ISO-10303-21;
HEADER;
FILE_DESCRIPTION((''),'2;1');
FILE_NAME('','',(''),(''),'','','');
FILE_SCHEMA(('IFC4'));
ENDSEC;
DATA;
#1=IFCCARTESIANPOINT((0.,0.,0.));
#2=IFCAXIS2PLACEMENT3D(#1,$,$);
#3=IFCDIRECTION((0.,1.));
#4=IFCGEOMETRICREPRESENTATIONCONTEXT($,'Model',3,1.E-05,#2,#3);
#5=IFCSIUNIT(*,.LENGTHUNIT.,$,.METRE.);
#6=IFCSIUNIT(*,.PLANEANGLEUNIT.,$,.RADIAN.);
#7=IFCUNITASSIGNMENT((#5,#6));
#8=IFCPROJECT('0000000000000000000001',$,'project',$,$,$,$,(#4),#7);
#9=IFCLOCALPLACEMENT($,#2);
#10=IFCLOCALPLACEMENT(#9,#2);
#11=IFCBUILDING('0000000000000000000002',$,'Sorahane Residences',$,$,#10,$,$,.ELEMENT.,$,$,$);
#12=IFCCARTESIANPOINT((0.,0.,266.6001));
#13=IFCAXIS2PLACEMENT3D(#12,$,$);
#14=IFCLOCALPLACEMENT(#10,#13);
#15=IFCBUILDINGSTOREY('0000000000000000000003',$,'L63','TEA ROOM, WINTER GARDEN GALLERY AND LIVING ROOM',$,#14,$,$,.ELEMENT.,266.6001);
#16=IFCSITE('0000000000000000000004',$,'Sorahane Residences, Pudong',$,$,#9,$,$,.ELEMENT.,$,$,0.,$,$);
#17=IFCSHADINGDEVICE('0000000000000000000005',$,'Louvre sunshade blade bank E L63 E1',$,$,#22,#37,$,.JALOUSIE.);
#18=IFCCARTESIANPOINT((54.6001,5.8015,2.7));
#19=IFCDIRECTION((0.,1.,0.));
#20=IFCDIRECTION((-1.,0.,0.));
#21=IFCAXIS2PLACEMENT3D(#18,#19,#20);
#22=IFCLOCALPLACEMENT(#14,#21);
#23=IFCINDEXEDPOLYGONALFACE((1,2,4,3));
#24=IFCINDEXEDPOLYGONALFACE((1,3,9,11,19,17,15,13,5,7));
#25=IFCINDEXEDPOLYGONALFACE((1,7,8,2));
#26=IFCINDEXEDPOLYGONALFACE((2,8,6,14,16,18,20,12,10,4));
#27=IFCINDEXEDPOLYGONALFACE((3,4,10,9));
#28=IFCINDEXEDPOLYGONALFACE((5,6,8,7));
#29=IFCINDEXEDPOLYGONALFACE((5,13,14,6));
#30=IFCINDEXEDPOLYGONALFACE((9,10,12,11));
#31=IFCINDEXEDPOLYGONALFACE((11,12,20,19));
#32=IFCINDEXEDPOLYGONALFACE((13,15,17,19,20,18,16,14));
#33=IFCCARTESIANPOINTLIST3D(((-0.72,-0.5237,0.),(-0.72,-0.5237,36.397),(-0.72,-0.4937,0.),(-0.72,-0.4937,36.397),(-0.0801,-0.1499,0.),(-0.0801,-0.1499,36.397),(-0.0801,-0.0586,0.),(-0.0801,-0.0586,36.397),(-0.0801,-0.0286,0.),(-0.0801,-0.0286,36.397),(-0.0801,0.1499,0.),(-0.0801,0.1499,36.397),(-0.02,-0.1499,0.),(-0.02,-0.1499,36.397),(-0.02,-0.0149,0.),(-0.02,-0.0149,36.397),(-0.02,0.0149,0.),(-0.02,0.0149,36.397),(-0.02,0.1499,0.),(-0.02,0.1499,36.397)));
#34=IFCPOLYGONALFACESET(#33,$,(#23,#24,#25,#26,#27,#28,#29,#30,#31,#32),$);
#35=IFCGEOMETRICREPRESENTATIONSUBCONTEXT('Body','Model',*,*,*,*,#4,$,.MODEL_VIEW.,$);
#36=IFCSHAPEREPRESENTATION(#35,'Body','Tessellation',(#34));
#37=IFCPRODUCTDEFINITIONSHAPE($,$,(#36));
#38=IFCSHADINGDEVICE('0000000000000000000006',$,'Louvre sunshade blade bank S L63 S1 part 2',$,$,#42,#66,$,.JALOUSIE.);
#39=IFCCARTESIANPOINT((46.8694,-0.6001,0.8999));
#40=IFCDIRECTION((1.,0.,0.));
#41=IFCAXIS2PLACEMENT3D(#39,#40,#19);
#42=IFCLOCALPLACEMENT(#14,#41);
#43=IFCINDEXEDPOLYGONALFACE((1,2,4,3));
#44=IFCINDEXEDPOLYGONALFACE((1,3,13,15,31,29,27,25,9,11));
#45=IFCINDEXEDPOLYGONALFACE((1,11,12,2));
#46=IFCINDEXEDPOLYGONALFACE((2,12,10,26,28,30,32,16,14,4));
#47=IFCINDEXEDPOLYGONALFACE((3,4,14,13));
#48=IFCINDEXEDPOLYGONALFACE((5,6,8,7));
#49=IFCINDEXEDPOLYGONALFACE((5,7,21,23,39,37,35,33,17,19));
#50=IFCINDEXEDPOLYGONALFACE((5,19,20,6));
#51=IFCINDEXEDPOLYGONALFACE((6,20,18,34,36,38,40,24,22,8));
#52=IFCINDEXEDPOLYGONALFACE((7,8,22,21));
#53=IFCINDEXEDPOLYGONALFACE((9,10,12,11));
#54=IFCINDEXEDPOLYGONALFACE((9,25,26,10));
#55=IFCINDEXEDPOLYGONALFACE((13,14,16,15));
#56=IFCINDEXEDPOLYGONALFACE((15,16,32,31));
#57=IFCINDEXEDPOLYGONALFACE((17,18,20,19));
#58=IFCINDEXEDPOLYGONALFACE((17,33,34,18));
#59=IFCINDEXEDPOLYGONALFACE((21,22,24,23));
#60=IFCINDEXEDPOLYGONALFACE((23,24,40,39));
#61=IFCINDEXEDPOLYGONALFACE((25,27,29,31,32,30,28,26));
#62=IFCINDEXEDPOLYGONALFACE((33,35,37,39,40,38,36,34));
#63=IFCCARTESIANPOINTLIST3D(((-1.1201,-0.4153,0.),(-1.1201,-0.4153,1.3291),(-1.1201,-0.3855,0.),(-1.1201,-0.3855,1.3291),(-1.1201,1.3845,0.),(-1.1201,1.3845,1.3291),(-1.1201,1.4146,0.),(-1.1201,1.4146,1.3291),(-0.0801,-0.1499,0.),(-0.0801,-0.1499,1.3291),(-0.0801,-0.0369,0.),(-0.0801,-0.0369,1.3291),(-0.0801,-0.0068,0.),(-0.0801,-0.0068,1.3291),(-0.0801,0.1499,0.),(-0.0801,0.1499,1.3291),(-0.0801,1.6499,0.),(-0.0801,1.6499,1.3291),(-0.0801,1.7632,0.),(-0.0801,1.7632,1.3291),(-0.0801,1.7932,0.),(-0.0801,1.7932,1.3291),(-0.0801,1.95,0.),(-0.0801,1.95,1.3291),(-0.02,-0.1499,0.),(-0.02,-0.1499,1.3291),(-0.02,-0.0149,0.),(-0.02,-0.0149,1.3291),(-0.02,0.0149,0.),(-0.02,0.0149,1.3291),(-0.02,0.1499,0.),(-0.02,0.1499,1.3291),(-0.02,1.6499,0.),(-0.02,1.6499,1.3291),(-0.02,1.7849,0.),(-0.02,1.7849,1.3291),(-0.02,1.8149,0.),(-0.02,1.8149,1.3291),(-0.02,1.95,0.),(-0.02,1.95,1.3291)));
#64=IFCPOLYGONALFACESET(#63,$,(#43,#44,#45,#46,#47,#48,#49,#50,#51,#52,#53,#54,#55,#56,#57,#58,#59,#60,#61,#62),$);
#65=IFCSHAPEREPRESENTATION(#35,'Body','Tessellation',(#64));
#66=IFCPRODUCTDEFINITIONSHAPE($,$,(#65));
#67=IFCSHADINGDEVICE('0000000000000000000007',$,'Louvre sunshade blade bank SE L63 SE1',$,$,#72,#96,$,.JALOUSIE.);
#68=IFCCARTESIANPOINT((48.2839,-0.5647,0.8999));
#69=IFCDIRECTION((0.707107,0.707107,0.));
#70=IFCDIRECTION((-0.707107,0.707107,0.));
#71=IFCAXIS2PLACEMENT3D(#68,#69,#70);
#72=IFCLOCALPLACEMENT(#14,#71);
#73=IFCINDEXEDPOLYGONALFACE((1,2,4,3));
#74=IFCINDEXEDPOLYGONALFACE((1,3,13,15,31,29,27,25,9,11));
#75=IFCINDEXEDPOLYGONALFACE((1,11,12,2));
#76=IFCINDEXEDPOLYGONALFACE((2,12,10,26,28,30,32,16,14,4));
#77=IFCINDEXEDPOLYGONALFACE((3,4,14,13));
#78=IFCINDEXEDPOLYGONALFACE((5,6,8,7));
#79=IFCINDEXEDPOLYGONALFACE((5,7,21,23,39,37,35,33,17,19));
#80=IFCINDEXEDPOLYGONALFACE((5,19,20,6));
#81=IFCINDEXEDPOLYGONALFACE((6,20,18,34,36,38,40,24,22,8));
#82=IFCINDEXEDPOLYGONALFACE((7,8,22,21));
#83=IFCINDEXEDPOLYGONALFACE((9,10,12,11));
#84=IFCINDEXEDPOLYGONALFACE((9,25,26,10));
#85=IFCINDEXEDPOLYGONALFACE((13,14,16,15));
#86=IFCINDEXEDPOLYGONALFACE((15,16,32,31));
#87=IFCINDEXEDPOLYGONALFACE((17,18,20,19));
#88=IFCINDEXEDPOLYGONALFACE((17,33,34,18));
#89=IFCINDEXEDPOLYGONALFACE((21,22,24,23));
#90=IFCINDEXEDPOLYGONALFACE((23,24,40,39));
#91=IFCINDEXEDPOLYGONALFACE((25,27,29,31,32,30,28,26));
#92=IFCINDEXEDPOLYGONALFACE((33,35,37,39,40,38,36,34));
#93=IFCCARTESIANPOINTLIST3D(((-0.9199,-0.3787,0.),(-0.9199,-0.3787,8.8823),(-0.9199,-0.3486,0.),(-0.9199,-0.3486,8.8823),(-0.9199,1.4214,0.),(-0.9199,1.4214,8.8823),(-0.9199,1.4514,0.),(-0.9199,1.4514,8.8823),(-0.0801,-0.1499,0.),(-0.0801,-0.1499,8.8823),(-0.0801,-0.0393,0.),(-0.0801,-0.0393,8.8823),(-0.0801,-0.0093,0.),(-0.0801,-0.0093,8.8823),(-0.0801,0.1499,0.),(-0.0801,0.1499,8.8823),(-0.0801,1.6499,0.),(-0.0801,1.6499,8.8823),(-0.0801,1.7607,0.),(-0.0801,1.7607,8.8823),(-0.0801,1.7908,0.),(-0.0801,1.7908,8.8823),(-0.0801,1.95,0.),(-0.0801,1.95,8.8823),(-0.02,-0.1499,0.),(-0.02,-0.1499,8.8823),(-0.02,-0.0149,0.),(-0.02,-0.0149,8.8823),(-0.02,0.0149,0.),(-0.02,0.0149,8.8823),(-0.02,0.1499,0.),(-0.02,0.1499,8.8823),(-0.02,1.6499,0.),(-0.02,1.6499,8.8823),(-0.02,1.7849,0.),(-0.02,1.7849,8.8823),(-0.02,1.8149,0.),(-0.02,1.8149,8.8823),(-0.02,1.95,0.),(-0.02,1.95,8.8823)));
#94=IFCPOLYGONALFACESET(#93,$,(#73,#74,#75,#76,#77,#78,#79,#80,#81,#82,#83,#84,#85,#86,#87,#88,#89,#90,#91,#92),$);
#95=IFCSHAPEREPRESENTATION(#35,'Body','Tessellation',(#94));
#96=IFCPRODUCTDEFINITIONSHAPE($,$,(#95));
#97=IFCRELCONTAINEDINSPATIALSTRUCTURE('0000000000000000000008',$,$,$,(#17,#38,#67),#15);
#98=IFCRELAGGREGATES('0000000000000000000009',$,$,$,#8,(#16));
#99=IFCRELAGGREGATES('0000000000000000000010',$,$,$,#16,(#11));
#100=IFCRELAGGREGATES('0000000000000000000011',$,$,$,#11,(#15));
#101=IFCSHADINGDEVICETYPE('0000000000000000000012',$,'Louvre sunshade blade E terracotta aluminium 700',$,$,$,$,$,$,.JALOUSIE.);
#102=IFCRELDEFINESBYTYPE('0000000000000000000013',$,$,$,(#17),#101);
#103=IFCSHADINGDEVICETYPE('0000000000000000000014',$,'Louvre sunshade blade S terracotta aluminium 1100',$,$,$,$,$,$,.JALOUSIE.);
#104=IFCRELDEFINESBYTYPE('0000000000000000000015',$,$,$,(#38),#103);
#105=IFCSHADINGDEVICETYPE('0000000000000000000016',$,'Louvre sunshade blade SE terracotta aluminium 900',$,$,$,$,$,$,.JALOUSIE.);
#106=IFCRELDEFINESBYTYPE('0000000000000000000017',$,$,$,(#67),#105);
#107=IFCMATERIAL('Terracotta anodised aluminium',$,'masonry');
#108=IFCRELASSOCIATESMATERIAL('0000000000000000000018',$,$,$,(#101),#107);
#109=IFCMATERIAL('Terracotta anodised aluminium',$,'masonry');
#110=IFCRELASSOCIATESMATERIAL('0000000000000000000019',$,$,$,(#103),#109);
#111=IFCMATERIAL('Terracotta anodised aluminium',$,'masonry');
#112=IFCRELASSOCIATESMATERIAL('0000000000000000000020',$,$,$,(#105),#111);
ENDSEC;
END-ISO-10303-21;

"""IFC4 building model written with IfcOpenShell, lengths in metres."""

from ifc_helpers import new_model, si_unit, direction, frame, origin, place, context, subcontext, project, spatial, polyline, outline, composite_profile, extrude, material, type_object, element, save


model = new_model("IFC4")

# Units and contexts
model_context = context("Model", 3, precision=1e-05, world=origin(), true_north=direction((0.0, 1.0)))
body_context = subcontext(model_context, "Body", "Model", "MODEL_VIEW")
ifc_project = project(units=[si_unit("LENGTHUNIT", "METRE"), si_unit("PLANEANGLEUNIT", "RADIAN")], contexts=[model_context])

# Site, building, storey
site_placement = place(None, origin())
site = spatial("IfcSite", under=ifc_project, at=site_placement, Name="Sorahane Residences, Pudong", CompositionType="ELEMENT", RefElevation=0.0)
building_placement = place(site_placement, origin())
building = spatial("IfcBuilding", under=site, at=building_placement, Name="Sorahane Residences", CompositionType="ELEMENT")
storey_placement = place(building_placement, frame((0.0, 0.0, 266.6001)))
storey = spatial("IfcBuildingStorey", under=building, at=storey_placement, Name="L63", Description="TEA ROOM, WINTER GARDEN GALLERY AND LIVING ROOM", CompositionType="ELEMENT", Elevation=266.6001)

# Shading devices
ifc_material_1 = material(Name="Terracotta anodised aluminium", Category="masonry")
shading_device_type_1 = type_object("IfcShadingDeviceType", Name="Louvre sunshade blade E terracotta aluminium 700", PredefinedType="JALOUSIE", material=ifc_material_1)
shading_device_1_placement = place(storey_placement, frame((54.6001, 5.8015, 2.7), z_axis=(0.0, 1.0, 0.0), x_axis=(-1.0, 0.0, 0.0)))
element("IfcShadingDevice", 1, at=shading_device_1_placement, inside=storey, type_object=shading_device_type_1, Name="Louvre sunshade blade bank E L63 E1", PredefinedType="JALOUSIE", context=body_context, shape_type="SweptSolid", body=[
    extrude(outline(polyline([(-0.72, -0.4937), (-0.72, -0.5237), (-0.0801, -0.0586), (-0.0801, -0.1499), (-0.02, -0.1499), (-0.02, -0.0149), (-0.02, 0.0149), (-0.02, 0.1499), (-0.0801, 0.1499), (-0.0801, -0.0286), (-0.72, -0.4937)])), origin(), (0.0, 0.0, 1.0), 36.397),
])
ifc_material_2 = material(Name="Terracotta anodised aluminium", Category="masonry")
shading_device_type_2 = type_object("IfcShadingDeviceType", Name="Louvre sunshade blade S terracotta aluminium 1100", PredefinedType="JALOUSIE", material=ifc_material_2)
shading_device_2_placement = place(storey_placement, frame((46.8694, -0.6001, 0.8999), z_axis=(1.0, 0.0, 0.0), x_axis=(0.0, 1.0, 0.0)))
element("IfcShadingDevice", 2, at=shading_device_2_placement, inside=storey, type_object=shading_device_type_2, Name="Louvre sunshade blade bank S L63 S1 part 2", PredefinedType="JALOUSIE", context=body_context, shape_type="SweptSolid", body=[
    extrude(composite_profile([outline(polyline([(-1.1201, -0.3855), (-1.1201, -0.4153), (-0.0801, -0.0369), (-0.0801, -0.1499), (-0.02, -0.1499), (-0.02, -0.0149), (-0.02, 0.0149), (-0.02, 0.1499), (-0.0801, 0.1499), (-0.0801, -0.0068), (-1.1201, -0.3855)])), outline(polyline([(-1.1201, 1.4146), (-1.1201, 1.3845), (-0.0801, 1.7632), (-0.0801, 1.6499), (-0.02, 1.6499), (-0.02, 1.7849), (-0.02, 1.8149), (-0.02, 1.95), (-0.0801, 1.95), (-0.0801, 1.7932), (-1.1201, 1.4146)]))]), origin(), (0.0, 0.0, 1.0), 1.3291),
])
ifc_material_3 = material(Name="Terracotta anodised aluminium", Category="masonry")
shading_device_type_3 = type_object("IfcShadingDeviceType", Name="Louvre sunshade blade SE terracotta aluminium 900", PredefinedType="JALOUSIE", material=ifc_material_3)
shading_device_3_placement = place(storey_placement, frame((48.2839, -0.5647, 0.8999), z_axis=(0.707107, 0.707107, 0.0), x_axis=(-0.707107, 0.707107, 0.0)))
element("IfcShadingDevice", 3, at=shading_device_3_placement, inside=storey, type_object=shading_device_type_3, Name="Louvre sunshade blade bank SE L63 SE1", PredefinedType="JALOUSIE", context=body_context, shape_type="SweptSolid", body=[
    extrude(composite_profile([outline(polyline([(-0.9199, -0.3486), (-0.9199, -0.3787), (-0.0801, -0.0393), (-0.0801, -0.1499), (-0.02, -0.1499), (-0.02, -0.0149), (-0.02, 0.0149), (-0.02, 0.1499), (-0.0801, 0.1499), (-0.0801, -0.0093), (-0.9199, -0.3486)])), outline(polyline([(-0.9199, 1.4514), (-0.9199, 1.4214), (-0.0801, 1.7607), (-0.0801, 1.6499), (-0.02, 1.6499), (-0.02, 1.7849), (-0.02, 1.8149), (-0.02, 1.95), (-0.0801, 1.95), (-0.0801, 1.7908), (-0.9199, 1.4514)]))]), origin(), (0.0, 0.0, 1.0), 8.8823),
])

save(model, "model.ifc")
